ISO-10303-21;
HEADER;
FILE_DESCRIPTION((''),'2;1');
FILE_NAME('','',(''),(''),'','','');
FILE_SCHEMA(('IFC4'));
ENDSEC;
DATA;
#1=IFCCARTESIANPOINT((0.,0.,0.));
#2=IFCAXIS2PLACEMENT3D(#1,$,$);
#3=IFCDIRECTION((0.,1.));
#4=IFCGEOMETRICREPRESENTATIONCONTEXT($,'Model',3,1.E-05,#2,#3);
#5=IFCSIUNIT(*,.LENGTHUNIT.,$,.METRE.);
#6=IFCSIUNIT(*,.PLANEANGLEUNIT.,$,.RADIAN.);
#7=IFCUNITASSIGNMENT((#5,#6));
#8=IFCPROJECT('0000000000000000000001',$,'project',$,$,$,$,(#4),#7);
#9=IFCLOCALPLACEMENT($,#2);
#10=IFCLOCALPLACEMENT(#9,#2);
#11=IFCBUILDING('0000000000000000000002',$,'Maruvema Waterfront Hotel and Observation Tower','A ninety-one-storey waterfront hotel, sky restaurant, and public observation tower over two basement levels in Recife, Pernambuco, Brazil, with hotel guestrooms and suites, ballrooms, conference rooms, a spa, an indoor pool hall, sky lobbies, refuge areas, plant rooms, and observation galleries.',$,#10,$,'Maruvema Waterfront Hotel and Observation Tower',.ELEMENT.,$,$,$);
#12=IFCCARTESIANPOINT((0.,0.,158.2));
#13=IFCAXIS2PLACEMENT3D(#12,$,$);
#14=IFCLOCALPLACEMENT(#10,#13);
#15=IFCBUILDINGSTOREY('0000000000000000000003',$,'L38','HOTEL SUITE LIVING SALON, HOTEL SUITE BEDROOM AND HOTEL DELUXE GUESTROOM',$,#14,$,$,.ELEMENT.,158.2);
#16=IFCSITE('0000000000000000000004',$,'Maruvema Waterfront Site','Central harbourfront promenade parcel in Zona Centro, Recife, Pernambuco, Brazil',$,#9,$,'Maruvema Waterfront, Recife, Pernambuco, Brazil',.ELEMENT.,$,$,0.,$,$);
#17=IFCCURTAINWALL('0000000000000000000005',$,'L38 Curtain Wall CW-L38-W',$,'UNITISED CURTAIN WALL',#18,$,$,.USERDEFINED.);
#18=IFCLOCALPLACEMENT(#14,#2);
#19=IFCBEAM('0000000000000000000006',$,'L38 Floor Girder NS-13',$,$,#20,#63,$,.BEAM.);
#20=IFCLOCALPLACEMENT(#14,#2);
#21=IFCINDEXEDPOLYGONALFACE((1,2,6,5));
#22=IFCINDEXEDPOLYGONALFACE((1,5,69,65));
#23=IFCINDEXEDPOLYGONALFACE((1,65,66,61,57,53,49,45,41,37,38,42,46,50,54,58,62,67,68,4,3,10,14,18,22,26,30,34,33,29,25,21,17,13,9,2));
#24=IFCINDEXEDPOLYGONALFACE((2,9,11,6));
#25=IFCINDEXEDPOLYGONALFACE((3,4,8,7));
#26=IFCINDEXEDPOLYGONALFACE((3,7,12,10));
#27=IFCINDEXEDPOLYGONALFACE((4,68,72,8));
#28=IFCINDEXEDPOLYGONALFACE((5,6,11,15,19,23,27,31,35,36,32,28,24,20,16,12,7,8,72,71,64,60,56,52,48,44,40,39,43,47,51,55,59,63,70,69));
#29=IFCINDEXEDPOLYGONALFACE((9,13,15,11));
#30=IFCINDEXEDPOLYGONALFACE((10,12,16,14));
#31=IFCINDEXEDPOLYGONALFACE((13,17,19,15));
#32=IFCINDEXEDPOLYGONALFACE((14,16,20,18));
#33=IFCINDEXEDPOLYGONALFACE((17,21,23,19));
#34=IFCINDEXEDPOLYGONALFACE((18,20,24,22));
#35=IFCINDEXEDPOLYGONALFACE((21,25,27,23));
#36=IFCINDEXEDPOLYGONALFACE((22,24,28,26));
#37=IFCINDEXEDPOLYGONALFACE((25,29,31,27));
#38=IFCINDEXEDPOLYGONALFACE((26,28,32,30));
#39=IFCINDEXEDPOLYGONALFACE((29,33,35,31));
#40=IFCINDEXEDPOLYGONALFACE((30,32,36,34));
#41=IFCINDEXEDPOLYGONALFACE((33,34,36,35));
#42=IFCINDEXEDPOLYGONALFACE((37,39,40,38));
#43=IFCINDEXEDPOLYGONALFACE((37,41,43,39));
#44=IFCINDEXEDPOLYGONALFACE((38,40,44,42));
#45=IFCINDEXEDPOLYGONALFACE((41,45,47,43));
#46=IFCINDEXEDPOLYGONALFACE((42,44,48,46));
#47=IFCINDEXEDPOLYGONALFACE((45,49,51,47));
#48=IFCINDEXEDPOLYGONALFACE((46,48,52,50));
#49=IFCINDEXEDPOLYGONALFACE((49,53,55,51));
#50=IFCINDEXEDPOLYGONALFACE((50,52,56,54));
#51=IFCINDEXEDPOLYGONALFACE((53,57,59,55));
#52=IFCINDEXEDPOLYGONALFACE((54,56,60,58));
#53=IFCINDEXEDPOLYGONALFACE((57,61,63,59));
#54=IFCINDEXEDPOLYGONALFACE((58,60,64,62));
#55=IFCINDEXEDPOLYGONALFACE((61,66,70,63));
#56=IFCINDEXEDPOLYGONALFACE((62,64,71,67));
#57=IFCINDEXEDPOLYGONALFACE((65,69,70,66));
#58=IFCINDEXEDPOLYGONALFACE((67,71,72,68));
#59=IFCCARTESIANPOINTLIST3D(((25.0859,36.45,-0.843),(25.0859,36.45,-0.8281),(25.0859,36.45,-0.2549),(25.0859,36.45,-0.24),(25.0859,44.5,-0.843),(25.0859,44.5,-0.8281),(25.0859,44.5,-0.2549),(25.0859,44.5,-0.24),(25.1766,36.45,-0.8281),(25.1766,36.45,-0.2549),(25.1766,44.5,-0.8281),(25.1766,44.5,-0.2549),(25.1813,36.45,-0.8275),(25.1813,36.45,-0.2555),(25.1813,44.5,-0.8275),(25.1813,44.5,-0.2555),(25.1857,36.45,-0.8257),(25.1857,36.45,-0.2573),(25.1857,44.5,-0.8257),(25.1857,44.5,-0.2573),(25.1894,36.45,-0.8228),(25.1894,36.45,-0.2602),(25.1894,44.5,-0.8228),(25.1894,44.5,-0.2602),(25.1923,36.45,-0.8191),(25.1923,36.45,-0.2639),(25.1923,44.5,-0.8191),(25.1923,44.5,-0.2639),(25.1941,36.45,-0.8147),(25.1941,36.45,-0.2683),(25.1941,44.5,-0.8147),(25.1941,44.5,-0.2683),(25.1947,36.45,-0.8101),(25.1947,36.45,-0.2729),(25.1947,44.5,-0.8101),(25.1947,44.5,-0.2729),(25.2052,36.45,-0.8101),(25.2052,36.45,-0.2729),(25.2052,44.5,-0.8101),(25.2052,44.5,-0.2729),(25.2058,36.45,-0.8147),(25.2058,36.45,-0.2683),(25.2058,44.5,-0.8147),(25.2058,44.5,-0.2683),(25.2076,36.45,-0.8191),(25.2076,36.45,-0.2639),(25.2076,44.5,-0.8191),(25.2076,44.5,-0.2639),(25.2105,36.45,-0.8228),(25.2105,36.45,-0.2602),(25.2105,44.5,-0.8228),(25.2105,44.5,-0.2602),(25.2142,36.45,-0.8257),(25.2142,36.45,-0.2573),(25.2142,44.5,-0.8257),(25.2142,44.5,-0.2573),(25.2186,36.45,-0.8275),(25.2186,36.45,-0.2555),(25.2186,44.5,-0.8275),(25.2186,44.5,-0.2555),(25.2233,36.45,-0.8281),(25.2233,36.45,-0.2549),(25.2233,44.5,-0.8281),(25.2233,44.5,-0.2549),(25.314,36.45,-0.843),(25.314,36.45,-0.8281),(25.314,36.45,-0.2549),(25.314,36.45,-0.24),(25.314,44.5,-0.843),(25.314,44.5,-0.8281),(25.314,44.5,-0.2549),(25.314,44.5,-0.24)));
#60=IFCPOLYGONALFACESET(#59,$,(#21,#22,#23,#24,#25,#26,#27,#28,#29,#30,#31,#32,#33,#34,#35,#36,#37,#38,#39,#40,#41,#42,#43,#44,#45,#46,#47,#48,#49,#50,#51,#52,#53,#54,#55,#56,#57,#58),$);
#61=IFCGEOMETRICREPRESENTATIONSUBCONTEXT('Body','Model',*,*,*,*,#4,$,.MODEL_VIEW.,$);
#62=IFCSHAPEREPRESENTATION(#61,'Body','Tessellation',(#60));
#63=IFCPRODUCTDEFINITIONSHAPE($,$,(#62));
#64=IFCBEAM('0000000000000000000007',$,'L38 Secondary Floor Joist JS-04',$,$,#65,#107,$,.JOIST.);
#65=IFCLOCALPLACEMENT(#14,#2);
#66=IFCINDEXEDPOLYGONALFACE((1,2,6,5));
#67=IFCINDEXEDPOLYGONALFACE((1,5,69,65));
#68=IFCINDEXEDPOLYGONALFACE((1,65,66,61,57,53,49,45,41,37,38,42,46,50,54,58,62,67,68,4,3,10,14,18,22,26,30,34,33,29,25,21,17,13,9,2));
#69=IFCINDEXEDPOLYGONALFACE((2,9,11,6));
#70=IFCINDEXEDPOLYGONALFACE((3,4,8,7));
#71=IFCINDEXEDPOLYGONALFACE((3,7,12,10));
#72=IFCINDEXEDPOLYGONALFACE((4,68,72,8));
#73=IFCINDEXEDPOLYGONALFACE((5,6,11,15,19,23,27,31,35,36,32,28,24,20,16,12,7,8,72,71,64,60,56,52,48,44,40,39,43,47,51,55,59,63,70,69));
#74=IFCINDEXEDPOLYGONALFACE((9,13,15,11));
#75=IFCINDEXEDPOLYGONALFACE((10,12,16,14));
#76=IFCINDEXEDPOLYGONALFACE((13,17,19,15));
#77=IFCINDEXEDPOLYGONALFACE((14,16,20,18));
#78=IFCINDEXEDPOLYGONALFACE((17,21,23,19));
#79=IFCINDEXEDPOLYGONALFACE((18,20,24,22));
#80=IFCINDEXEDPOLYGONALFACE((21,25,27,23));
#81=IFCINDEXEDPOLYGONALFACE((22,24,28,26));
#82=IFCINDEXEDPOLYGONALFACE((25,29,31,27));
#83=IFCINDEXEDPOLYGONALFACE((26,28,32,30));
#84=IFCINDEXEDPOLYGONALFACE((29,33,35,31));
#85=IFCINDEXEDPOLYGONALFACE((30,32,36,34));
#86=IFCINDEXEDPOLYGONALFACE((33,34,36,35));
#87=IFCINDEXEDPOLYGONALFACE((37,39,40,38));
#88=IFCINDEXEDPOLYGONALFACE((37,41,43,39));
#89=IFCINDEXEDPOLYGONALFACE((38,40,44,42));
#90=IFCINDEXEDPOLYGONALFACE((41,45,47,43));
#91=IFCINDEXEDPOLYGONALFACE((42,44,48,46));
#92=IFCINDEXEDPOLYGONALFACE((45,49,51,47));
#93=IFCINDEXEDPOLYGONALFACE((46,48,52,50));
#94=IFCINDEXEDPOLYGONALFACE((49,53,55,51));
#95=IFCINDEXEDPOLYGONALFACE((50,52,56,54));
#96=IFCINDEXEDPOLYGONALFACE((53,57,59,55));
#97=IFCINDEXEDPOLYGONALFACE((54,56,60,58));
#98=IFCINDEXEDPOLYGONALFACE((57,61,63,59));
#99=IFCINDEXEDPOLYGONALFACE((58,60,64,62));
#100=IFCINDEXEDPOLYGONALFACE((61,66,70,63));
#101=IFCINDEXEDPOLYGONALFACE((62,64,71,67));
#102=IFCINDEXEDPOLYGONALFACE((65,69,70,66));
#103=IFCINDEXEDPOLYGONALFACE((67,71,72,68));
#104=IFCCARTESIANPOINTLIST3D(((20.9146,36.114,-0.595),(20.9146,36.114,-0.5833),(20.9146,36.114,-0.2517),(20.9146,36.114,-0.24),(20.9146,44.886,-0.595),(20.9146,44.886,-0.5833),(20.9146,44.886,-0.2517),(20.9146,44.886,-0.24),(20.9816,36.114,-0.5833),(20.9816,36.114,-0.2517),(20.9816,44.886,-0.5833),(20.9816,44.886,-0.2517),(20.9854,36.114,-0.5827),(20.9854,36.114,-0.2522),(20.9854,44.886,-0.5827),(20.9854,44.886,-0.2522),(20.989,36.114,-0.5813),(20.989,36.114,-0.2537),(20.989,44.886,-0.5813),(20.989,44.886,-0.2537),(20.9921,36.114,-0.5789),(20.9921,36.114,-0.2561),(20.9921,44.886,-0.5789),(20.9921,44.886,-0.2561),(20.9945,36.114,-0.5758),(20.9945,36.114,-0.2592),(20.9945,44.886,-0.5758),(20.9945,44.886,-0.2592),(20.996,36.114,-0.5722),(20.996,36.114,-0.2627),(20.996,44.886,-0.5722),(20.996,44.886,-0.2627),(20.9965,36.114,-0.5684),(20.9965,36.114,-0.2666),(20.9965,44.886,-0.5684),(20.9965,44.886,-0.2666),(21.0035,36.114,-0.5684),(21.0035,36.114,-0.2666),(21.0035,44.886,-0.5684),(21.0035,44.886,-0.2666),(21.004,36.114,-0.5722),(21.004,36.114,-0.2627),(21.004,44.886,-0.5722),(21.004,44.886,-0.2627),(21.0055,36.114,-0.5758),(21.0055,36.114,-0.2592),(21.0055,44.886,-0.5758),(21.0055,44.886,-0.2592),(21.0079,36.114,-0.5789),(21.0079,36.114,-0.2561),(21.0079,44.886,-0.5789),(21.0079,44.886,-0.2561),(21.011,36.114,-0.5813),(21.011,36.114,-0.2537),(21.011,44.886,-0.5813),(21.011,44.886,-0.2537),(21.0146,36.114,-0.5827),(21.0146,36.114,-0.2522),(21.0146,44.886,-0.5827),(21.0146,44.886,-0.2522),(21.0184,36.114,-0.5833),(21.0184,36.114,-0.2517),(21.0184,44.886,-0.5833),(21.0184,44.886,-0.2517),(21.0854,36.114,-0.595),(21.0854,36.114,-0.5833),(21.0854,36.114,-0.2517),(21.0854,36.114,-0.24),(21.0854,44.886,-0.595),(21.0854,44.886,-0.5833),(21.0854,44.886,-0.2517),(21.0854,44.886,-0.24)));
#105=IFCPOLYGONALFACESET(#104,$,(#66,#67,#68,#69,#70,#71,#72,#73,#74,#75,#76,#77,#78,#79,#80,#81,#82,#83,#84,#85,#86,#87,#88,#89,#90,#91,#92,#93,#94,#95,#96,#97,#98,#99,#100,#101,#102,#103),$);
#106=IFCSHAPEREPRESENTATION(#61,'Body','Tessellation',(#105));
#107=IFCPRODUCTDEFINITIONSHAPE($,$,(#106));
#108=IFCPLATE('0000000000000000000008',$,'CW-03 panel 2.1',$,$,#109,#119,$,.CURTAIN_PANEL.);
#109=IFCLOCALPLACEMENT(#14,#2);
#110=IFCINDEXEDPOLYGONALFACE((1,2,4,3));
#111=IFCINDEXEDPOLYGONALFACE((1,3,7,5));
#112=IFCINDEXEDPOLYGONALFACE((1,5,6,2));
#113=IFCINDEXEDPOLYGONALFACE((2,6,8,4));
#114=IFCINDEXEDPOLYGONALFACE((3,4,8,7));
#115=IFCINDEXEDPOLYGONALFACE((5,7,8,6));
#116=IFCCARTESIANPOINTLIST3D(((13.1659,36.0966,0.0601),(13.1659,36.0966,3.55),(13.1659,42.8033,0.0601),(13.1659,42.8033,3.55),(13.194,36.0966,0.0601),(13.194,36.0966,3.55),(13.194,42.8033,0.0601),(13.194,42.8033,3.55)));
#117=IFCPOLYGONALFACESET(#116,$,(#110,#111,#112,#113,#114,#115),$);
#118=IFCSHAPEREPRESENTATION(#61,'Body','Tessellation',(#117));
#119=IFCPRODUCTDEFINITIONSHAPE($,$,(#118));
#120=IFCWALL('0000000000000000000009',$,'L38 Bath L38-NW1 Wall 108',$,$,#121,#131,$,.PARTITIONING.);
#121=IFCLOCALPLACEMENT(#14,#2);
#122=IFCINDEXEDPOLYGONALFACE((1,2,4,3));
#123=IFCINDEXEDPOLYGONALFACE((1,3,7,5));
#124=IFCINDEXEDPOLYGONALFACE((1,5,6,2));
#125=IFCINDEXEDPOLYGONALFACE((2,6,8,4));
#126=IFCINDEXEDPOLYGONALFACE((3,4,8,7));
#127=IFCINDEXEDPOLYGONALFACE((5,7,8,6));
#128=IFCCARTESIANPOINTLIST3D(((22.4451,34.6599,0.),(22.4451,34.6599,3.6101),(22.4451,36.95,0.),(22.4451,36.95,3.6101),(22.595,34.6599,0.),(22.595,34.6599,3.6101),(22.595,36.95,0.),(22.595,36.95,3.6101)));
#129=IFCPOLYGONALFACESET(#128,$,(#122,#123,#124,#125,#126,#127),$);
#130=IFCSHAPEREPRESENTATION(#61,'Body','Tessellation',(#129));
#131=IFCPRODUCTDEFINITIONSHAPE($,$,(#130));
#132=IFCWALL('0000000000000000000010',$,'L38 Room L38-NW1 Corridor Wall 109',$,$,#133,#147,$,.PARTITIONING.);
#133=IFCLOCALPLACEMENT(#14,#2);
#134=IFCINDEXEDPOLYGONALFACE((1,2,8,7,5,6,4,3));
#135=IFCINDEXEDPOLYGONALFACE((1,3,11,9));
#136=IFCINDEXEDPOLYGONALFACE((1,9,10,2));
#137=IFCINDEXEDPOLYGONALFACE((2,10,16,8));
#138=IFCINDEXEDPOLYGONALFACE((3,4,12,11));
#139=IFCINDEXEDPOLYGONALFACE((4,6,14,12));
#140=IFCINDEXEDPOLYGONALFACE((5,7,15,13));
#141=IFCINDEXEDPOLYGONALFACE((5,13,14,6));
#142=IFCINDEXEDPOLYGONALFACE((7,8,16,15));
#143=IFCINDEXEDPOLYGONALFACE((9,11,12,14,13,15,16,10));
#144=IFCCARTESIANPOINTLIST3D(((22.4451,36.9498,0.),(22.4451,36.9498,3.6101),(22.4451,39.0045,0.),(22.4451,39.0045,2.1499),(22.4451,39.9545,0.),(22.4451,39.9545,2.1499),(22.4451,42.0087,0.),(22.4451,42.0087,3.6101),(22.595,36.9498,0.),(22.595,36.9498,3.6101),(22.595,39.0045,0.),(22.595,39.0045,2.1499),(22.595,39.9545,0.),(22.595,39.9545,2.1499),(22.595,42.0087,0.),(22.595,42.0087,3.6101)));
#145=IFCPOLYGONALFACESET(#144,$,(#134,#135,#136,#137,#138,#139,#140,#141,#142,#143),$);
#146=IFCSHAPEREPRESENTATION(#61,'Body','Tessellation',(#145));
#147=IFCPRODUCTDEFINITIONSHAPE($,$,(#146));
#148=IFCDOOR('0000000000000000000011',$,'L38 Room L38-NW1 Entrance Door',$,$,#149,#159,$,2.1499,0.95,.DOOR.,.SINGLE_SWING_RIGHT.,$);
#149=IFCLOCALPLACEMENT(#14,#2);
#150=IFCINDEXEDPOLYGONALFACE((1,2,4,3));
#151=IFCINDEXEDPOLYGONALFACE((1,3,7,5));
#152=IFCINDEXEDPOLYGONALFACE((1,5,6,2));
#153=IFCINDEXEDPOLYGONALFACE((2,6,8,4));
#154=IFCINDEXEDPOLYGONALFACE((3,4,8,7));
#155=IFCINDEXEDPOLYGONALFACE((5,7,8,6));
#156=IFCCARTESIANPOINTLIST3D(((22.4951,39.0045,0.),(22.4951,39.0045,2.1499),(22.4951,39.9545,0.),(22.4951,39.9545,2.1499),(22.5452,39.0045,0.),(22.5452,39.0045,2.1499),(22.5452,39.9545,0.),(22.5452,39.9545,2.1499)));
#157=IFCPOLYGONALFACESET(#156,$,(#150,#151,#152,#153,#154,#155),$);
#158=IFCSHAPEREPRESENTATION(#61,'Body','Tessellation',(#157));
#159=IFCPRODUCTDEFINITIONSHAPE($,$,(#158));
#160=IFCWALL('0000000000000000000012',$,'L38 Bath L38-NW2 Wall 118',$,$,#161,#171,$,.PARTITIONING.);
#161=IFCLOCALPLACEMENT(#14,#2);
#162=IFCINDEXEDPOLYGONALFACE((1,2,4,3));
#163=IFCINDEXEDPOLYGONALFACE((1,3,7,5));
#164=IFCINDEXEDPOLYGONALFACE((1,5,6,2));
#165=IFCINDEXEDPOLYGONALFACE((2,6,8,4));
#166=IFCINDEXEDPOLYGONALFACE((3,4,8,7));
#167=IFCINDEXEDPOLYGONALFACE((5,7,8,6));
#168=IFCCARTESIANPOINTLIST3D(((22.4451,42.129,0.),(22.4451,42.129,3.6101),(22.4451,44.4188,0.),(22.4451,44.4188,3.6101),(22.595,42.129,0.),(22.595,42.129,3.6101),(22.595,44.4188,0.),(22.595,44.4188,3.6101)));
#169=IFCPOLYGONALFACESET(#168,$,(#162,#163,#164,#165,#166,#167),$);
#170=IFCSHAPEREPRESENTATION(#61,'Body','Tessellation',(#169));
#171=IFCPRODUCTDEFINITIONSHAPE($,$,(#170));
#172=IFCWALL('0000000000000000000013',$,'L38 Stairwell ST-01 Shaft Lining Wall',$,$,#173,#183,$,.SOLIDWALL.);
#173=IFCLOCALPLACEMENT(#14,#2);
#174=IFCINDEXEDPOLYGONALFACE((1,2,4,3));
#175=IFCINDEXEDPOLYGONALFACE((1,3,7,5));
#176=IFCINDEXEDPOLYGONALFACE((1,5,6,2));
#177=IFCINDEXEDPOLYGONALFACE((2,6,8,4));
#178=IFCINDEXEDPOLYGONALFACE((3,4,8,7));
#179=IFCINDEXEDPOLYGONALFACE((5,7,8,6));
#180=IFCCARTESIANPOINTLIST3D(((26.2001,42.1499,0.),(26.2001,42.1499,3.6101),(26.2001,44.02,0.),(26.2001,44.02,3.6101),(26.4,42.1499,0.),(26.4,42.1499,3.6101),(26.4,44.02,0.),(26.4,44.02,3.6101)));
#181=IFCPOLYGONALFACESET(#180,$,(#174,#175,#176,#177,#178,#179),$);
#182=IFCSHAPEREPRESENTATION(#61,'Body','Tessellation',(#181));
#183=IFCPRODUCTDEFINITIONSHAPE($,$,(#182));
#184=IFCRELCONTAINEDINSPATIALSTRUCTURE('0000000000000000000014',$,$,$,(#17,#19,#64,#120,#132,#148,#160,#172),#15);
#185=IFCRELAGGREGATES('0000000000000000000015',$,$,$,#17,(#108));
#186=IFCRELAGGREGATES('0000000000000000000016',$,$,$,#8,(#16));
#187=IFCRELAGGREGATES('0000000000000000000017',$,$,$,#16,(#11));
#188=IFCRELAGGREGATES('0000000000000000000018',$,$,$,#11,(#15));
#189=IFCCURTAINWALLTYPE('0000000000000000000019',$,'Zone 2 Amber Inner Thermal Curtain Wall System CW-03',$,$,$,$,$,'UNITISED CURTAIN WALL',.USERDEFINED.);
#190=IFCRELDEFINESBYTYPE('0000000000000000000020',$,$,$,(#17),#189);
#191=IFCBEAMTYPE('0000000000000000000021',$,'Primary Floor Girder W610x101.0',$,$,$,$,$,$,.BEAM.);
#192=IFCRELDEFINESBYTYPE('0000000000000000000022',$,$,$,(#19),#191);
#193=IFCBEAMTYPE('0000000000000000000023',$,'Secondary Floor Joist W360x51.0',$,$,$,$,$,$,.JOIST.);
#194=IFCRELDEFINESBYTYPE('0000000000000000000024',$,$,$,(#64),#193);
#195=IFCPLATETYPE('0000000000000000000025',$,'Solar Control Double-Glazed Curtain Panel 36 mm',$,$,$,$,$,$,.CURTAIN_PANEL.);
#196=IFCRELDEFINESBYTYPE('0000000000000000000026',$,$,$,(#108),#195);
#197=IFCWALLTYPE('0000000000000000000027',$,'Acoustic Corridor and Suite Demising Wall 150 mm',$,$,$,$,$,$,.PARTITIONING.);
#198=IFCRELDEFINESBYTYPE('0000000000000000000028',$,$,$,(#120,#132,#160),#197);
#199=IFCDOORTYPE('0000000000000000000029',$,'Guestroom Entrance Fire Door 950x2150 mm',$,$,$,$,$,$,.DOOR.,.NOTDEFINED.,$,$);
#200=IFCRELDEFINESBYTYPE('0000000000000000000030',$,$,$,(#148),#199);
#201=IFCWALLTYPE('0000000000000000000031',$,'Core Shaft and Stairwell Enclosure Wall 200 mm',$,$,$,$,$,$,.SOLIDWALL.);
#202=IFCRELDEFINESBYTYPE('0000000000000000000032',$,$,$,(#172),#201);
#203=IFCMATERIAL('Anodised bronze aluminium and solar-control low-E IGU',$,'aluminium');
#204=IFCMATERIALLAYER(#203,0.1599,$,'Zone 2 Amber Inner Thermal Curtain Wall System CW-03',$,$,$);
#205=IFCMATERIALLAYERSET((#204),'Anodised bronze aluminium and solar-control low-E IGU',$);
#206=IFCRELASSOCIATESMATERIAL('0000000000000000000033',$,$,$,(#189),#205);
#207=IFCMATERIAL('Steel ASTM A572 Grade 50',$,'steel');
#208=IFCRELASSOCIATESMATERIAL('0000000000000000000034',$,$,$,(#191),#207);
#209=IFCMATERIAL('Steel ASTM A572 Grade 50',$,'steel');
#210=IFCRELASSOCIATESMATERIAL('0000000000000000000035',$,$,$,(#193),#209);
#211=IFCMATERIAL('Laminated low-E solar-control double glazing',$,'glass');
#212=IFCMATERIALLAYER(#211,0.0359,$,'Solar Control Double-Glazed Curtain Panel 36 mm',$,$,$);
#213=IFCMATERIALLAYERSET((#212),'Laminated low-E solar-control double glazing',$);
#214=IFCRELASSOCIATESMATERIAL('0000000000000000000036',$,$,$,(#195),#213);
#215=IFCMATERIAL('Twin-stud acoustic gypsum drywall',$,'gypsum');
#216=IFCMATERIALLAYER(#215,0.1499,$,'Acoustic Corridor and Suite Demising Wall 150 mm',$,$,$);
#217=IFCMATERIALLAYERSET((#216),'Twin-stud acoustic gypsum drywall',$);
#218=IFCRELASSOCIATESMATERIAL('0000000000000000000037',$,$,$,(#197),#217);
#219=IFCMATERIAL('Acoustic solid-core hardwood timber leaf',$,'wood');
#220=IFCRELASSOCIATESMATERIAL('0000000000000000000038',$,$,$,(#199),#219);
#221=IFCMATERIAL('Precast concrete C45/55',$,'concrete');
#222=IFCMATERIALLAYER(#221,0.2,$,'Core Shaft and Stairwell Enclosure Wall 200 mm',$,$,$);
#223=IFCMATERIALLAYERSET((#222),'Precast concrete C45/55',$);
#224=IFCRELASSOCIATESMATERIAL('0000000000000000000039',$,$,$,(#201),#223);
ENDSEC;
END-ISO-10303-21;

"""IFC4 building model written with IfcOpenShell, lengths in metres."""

from ifc_helpers import new_model, si_unit, direction, frame, frame_2d, origin, origin_2d, place, context, subcontext, project, spatial, rectangle, i_section, extrude, material, layer, layer_set, material_profile, profile_set, type_object, element, fill, aggregate, save


model = new_model("IFC4")

# Units and contexts
model_context = context("Model", 3, precision=1e-05, world=origin(), true_north=direction((0.0, 1.0)))
body_context = subcontext(model_context, "Body", "Model", "MODEL_VIEW")
ifc_project = project(units=[si_unit("LENGTHUNIT", "METRE"), si_unit("PLANEANGLEUNIT", "RADIAN")], contexts=[model_context])

# Site, building, storey
site_placement = place(None, origin())
site = spatial("IfcSite", under=ifc_project, at=site_placement, Name="Maruvema Waterfront Site", Description="Central harbourfront promenade parcel in Zona Centro, Recife, Pernambuco, Brazil", LongName="Maruvema Waterfront, Recife, Pernambuco, Brazil", CompositionType="ELEMENT", RefElevation=0.0)
building_placement = place(site_placement, origin())
building = spatial("IfcBuilding", under=site, at=building_placement, Name="Maruvema Waterfront Hotel and Observation Tower", Description="A ninety-one-storey waterfront hotel, sky restaurant, and public observation tower over two basement levels in Recife, Pernambuco, Brazil, with hotel guestrooms and suites, ballrooms, conference rooms, a spa, an indoor pool hall, sky lobbies, refuge areas, plant rooms, and observation galleries.", LongName="Maruvema Waterfront Hotel and Observation Tower", CompositionType="ELEMENT")
storey_placement = place(building_placement, frame((0.0, 0.0, 158.2)))
storey = spatial("IfcBuildingStorey", under=building, at=storey_placement, Name="L38", Description="HOTEL SUITE LIVING SALON, HOTEL SUITE BEDROOM AND HOTEL DELUXE GUESTROOM", CompositionType="ELEMENT", Elevation=158.2)

# Curtain wall
ifc_material_1 = material(Name="Anodised bronze aluminium and solar-control low-E IGU", Category="aluminium")
ifc_layer_1 = layer(ifc_material_1, 0.1599, Name="Zone 2 Amber Inner Thermal Curtain Wall System CW-03")
ifc_layer_set_1 = layer_set([ifc_layer_1], Name="Anodised bronze aluminium and solar-control low-E IGU")
curtain_wall_type = type_object("IfcCurtainWallType", Name="Zone 2 Amber Inner Thermal Curtain Wall System CW-03", ElementType="UNITISED CURTAIN WALL", PredefinedType="USERDEFINED", material=ifc_layer_set_1)
curtain_wall_placement = place(storey_placement, origin())
curtain_wall = element("IfcCurtainWall", 1, at=curtain_wall_placement, inside=storey, type_object=curtain_wall_type, Name="L38 Curtain Wall CW-L38-W", ObjectType="UNITISED CURTAIN WALL", PredefinedType="USERDEFINED")

# Beams
ifc_material_2 = material(Name="Steel ASTM A572 Grade 50", Category="steel")
ifc_material_profile_1 = material_profile(ifc_material_2, i_section(OverallWidth=0.228, OverallDepth=0.603, WebThickness=0.0105, FlangeThickness=0.0149, FilletRadius=0.0181, at=origin_2d()), Name="W610x101.0")
ifc_profile_set_1 = profile_set([ifc_material_profile_1], Name="Steel ASTM A572 Grade 50")
beam_type_1 = type_object("IfcBeamType", Name="Primary Floor Girder W610x101.0", PredefinedType="BEAM", material=ifc_profile_set_1)
beam_1_placement = place(storey_placement, frame((25.2, 36.45, -0.5415), z_axis=(0.0, 1.0, 0.0), x_axis=(-1.0, 0.0, 0.0)))
element("IfcBeam", 2, at=beam_1_placement, inside=storey, type_object=beam_type_1, Name="L38 Floor Girder NS-13", PredefinedType="BEAM", context=body_context, shape_type="SweptSolid", body=[
    extrude(i_section(OverallWidth=0.228, OverallDepth=0.603, WebThickness=0.0105, FlangeThickness=0.0149, FilletRadius=0.0181, at=origin_2d()), origin(), (0.0, 0.0, 1.0), 8.05),
])
ifc_material_3 = material(Name="Steel ASTM A572 Grade 50", Category="steel")
ifc_material_profile_2 = material_profile(ifc_material_3, i_section(OverallWidth=0.1709, OverallDepth=0.355, WebThickness=0.0071, FlangeThickness=0.0117, FilletRadius=0.0149, at=origin_2d()), Name="W360x51.0")
ifc_profile_set_2 = profile_set([ifc_material_profile_2], Name="Steel ASTM A572 Grade 50")
beam_type_2 = type_object("IfcBeamType", Name="Secondary Floor Joist W360x51.0", PredefinedType="JOIST", material=ifc_profile_set_2)
beam_2_placement = place(storey_placement, frame((21.0, 36.114, -0.4175), z_axis=(0.0, 1.0, 0.0), x_axis=(-1.0, 0.0, 0.0)))
element("IfcBeam", 3, at=beam_2_placement, inside=storey, type_object=beam_type_2, Name="L38 Secondary Floor Joist JS-04", PredefinedType="JOIST", context=body_context, shape_type="SweptSolid", body=[
    extrude(i_section(OverallWidth=0.1709, OverallDepth=0.355, WebThickness=0.0071, FlangeThickness=0.0117, FilletRadius=0.0149, at=origin_2d()), origin(), (0.0, 0.0, 1.0), 8.772),
])

# Plate
ifc_material_4 = material(Name="Laminated low-E solar-control double glazing", Category="glass")
ifc_layer_2 = layer(ifc_material_4, 0.0359, Name="Solar Control Double-Glazed Curtain Panel 36 mm")
ifc_layer_set_2 = layer_set([ifc_layer_2], Name="Laminated low-E solar-control double glazing")
plate_type = type_object("IfcPlateType", Name="Solar Control Double-Glazed Curtain Panel 36 mm", PredefinedType="CURTAIN_PANEL", material=ifc_layer_set_2)
plate_placement = place(storey_placement, frame((13.1799, 39.45, 0.0601), z_axis=(0.0, 0.0, 1.0), x_axis=(0.0, -1.0, 0.0)))
plate = element("IfcPlate", 4, at=plate_placement, type_object=plate_type, Name="CW-03 panel 2.1", PredefinedType="CURTAIN_PANEL", context=body_context, shape_type="SweptSolid", body=[
    extrude(rectangle(XDim=6.7068, YDim=0.0281, at=origin_2d()), origin(), (0.0, 0.0, 1.0), 3.49),
])
aggregate(curtain_wall, [plate])

# Wall
ifc_material_5 = material(Name="Twin-stud acoustic gypsum drywall", Category="gypsum")
ifc_layer_3 = layer(ifc_material_5, 0.1499, Name="Acoustic Corridor and Suite Demising Wall 150 mm")
ifc_layer_set_3 = layer_set([ifc_layer_3], Name="Twin-stud acoustic gypsum drywall")
wall_type_1 = type_object("IfcWallType", Name="Acoustic Corridor and Suite Demising Wall 150 mm", PredefinedType="PARTITIONING", material=ifc_layer_set_3)
wall_1_placement = place(storey_placement, frame((22.52, 34.6599, 0.0), z_axis=(0.0, 0.0, 1.0), x_axis=(0.0, 1.0, 0.0)))
element("IfcWall", 5, at=wall_1_placement, inside=storey, type_object=wall_type_1, Name="L38 Bath L38-NW1 Wall 108", PredefinedType="PARTITIONING", context=body_context, shape_type="SweptSolid", body=[
    extrude(rectangle(XDim=2.29, YDim=0.1499, at=frame_2d((1.145, 0.0))), origin(), (0.0, 0.0, 1.0), 3.6101),
])

# Wall, opening, door
wall_2_placement = place(storey_placement, frame((22.52, 36.95, 0.0), z_axis=(0.0, 0.0, 1.0), x_axis=(0.0, 1.0, 0.0)))
wall_2 = element("IfcWall", 6, at=wall_2_placement, inside=storey, type_object=wall_type_1, Name="L38 Room L38-NW1 Corridor Wall 109", PredefinedType="PARTITIONING", context=body_context, shape_type="SweptSolid", body=[
    extrude(rectangle(XDim=5.0588, YDim=0.1499, at=frame_2d((2.5293, 0.0))), origin(), (0.0, 0.0, 1.0), 3.6101),
])
opening_1_placement = place(wall_2_placement, frame((2.0544, 0.0, 0.0)))
opening_1 = element("IfcOpeningElement", 7, at=opening_1_placement, cuts=wall_2, PredefinedType="OPENING", context=body_context, shape_type="SweptSolid", body=[
    extrude(rectangle(XDim=0.95, YDim=2.1499, at=frame_2d((0.4751, 1.075))), frame((0.0, 0.085, 0.0), z_axis=(0.0, -1.0, 0.0), x_axis=(1.0, 0.0, 0.0)), (0.0, 0.0, 1.0), 0.1699),
])
ifc_material_6 = material(Name="Acoustic solid-core hardwood timber leaf", Category="wood")
door_type_1 = type_object("IfcDoorType", Name="Guestroom Entrance Fire Door 950x2150 mm", OperationType="NOTDEFINED", PredefinedType="DOOR", material=ifc_material_6)
door_1_placement = place(opening_1_placement, origin())
door_1 = element("IfcDoor", 8, at=door_1_placement, inside=storey, type_object=door_type_1, Name="L38 Room L38-NW1 Entrance Door", OperationType="SINGLE_SWING_RIGHT", OverallHeight=2.1499, OverallWidth=0.95, PredefinedType="DOOR", context=body_context, shape_type="SweptSolid", body=[
    extrude(rectangle(XDim=0.95, YDim=2.1499, at=frame_2d((0.4751, 1.075))), frame((0.0, 0.0249, 0.0), z_axis=(0.0, -1.0, 0.0), x_axis=(1.0, 0.0, 0.0)), (0.0, 0.0, 1.0), 0.05),
])
fill(opening_1, door_1)

# Walls
wall_3_placement = place(storey_placement, frame((22.52, 42.1289, 0.0), z_axis=(0.0, 0.0, 1.0), x_axis=(0.0, 1.0, 0.0)))
element("IfcWall", 9, at=wall_3_placement, inside=storey, type_object=wall_type_1, Name="L38 Bath L38-NW2 Wall 118", PredefinedType="PARTITIONING", context=body_context, shape_type="SweptSolid", body=[
    extrude(rectangle(XDim=2.2898, YDim=0.1499, at=frame_2d((1.145, 0.0))), origin(), (0.0, 0.0, 1.0), 3.6101),
])
ifc_material_7 = material(Name="Precast concrete C45/55", Category="concrete")
ifc_layer_4 = layer(ifc_material_7, 0.2, Name="Core Shaft and Stairwell Enclosure Wall 200 mm")
ifc_layer_set_4 = layer_set([ifc_layer_4], Name="Precast concrete C45/55")
wall_type_2 = type_object("IfcWallType", Name="Core Shaft and Stairwell Enclosure Wall 200 mm", PredefinedType="SOLIDWALL", material=ifc_layer_set_4)
wall_4_placement = place(storey_placement, frame((26.3, 42.1499, 0.0), z_axis=(0.0, 0.0, 1.0), x_axis=(0.0, 1.0, 0.0)))
element("IfcWall", 10, at=wall_4_placement, inside=storey, type_object=wall_type_2, Name="L38 Stairwell ST-01 Shaft Lining Wall", PredefinedType="SOLIDWALL", context=body_context, shape_type="SweptSolid", body=[
    extrude(rectangle(XDim=1.8701, YDim=0.2, at=frame_2d((0.9351, 0.0))), origin(), (0.0, 0.0, 1.0), 3.6101),
])

save(model, "model.ifc")
